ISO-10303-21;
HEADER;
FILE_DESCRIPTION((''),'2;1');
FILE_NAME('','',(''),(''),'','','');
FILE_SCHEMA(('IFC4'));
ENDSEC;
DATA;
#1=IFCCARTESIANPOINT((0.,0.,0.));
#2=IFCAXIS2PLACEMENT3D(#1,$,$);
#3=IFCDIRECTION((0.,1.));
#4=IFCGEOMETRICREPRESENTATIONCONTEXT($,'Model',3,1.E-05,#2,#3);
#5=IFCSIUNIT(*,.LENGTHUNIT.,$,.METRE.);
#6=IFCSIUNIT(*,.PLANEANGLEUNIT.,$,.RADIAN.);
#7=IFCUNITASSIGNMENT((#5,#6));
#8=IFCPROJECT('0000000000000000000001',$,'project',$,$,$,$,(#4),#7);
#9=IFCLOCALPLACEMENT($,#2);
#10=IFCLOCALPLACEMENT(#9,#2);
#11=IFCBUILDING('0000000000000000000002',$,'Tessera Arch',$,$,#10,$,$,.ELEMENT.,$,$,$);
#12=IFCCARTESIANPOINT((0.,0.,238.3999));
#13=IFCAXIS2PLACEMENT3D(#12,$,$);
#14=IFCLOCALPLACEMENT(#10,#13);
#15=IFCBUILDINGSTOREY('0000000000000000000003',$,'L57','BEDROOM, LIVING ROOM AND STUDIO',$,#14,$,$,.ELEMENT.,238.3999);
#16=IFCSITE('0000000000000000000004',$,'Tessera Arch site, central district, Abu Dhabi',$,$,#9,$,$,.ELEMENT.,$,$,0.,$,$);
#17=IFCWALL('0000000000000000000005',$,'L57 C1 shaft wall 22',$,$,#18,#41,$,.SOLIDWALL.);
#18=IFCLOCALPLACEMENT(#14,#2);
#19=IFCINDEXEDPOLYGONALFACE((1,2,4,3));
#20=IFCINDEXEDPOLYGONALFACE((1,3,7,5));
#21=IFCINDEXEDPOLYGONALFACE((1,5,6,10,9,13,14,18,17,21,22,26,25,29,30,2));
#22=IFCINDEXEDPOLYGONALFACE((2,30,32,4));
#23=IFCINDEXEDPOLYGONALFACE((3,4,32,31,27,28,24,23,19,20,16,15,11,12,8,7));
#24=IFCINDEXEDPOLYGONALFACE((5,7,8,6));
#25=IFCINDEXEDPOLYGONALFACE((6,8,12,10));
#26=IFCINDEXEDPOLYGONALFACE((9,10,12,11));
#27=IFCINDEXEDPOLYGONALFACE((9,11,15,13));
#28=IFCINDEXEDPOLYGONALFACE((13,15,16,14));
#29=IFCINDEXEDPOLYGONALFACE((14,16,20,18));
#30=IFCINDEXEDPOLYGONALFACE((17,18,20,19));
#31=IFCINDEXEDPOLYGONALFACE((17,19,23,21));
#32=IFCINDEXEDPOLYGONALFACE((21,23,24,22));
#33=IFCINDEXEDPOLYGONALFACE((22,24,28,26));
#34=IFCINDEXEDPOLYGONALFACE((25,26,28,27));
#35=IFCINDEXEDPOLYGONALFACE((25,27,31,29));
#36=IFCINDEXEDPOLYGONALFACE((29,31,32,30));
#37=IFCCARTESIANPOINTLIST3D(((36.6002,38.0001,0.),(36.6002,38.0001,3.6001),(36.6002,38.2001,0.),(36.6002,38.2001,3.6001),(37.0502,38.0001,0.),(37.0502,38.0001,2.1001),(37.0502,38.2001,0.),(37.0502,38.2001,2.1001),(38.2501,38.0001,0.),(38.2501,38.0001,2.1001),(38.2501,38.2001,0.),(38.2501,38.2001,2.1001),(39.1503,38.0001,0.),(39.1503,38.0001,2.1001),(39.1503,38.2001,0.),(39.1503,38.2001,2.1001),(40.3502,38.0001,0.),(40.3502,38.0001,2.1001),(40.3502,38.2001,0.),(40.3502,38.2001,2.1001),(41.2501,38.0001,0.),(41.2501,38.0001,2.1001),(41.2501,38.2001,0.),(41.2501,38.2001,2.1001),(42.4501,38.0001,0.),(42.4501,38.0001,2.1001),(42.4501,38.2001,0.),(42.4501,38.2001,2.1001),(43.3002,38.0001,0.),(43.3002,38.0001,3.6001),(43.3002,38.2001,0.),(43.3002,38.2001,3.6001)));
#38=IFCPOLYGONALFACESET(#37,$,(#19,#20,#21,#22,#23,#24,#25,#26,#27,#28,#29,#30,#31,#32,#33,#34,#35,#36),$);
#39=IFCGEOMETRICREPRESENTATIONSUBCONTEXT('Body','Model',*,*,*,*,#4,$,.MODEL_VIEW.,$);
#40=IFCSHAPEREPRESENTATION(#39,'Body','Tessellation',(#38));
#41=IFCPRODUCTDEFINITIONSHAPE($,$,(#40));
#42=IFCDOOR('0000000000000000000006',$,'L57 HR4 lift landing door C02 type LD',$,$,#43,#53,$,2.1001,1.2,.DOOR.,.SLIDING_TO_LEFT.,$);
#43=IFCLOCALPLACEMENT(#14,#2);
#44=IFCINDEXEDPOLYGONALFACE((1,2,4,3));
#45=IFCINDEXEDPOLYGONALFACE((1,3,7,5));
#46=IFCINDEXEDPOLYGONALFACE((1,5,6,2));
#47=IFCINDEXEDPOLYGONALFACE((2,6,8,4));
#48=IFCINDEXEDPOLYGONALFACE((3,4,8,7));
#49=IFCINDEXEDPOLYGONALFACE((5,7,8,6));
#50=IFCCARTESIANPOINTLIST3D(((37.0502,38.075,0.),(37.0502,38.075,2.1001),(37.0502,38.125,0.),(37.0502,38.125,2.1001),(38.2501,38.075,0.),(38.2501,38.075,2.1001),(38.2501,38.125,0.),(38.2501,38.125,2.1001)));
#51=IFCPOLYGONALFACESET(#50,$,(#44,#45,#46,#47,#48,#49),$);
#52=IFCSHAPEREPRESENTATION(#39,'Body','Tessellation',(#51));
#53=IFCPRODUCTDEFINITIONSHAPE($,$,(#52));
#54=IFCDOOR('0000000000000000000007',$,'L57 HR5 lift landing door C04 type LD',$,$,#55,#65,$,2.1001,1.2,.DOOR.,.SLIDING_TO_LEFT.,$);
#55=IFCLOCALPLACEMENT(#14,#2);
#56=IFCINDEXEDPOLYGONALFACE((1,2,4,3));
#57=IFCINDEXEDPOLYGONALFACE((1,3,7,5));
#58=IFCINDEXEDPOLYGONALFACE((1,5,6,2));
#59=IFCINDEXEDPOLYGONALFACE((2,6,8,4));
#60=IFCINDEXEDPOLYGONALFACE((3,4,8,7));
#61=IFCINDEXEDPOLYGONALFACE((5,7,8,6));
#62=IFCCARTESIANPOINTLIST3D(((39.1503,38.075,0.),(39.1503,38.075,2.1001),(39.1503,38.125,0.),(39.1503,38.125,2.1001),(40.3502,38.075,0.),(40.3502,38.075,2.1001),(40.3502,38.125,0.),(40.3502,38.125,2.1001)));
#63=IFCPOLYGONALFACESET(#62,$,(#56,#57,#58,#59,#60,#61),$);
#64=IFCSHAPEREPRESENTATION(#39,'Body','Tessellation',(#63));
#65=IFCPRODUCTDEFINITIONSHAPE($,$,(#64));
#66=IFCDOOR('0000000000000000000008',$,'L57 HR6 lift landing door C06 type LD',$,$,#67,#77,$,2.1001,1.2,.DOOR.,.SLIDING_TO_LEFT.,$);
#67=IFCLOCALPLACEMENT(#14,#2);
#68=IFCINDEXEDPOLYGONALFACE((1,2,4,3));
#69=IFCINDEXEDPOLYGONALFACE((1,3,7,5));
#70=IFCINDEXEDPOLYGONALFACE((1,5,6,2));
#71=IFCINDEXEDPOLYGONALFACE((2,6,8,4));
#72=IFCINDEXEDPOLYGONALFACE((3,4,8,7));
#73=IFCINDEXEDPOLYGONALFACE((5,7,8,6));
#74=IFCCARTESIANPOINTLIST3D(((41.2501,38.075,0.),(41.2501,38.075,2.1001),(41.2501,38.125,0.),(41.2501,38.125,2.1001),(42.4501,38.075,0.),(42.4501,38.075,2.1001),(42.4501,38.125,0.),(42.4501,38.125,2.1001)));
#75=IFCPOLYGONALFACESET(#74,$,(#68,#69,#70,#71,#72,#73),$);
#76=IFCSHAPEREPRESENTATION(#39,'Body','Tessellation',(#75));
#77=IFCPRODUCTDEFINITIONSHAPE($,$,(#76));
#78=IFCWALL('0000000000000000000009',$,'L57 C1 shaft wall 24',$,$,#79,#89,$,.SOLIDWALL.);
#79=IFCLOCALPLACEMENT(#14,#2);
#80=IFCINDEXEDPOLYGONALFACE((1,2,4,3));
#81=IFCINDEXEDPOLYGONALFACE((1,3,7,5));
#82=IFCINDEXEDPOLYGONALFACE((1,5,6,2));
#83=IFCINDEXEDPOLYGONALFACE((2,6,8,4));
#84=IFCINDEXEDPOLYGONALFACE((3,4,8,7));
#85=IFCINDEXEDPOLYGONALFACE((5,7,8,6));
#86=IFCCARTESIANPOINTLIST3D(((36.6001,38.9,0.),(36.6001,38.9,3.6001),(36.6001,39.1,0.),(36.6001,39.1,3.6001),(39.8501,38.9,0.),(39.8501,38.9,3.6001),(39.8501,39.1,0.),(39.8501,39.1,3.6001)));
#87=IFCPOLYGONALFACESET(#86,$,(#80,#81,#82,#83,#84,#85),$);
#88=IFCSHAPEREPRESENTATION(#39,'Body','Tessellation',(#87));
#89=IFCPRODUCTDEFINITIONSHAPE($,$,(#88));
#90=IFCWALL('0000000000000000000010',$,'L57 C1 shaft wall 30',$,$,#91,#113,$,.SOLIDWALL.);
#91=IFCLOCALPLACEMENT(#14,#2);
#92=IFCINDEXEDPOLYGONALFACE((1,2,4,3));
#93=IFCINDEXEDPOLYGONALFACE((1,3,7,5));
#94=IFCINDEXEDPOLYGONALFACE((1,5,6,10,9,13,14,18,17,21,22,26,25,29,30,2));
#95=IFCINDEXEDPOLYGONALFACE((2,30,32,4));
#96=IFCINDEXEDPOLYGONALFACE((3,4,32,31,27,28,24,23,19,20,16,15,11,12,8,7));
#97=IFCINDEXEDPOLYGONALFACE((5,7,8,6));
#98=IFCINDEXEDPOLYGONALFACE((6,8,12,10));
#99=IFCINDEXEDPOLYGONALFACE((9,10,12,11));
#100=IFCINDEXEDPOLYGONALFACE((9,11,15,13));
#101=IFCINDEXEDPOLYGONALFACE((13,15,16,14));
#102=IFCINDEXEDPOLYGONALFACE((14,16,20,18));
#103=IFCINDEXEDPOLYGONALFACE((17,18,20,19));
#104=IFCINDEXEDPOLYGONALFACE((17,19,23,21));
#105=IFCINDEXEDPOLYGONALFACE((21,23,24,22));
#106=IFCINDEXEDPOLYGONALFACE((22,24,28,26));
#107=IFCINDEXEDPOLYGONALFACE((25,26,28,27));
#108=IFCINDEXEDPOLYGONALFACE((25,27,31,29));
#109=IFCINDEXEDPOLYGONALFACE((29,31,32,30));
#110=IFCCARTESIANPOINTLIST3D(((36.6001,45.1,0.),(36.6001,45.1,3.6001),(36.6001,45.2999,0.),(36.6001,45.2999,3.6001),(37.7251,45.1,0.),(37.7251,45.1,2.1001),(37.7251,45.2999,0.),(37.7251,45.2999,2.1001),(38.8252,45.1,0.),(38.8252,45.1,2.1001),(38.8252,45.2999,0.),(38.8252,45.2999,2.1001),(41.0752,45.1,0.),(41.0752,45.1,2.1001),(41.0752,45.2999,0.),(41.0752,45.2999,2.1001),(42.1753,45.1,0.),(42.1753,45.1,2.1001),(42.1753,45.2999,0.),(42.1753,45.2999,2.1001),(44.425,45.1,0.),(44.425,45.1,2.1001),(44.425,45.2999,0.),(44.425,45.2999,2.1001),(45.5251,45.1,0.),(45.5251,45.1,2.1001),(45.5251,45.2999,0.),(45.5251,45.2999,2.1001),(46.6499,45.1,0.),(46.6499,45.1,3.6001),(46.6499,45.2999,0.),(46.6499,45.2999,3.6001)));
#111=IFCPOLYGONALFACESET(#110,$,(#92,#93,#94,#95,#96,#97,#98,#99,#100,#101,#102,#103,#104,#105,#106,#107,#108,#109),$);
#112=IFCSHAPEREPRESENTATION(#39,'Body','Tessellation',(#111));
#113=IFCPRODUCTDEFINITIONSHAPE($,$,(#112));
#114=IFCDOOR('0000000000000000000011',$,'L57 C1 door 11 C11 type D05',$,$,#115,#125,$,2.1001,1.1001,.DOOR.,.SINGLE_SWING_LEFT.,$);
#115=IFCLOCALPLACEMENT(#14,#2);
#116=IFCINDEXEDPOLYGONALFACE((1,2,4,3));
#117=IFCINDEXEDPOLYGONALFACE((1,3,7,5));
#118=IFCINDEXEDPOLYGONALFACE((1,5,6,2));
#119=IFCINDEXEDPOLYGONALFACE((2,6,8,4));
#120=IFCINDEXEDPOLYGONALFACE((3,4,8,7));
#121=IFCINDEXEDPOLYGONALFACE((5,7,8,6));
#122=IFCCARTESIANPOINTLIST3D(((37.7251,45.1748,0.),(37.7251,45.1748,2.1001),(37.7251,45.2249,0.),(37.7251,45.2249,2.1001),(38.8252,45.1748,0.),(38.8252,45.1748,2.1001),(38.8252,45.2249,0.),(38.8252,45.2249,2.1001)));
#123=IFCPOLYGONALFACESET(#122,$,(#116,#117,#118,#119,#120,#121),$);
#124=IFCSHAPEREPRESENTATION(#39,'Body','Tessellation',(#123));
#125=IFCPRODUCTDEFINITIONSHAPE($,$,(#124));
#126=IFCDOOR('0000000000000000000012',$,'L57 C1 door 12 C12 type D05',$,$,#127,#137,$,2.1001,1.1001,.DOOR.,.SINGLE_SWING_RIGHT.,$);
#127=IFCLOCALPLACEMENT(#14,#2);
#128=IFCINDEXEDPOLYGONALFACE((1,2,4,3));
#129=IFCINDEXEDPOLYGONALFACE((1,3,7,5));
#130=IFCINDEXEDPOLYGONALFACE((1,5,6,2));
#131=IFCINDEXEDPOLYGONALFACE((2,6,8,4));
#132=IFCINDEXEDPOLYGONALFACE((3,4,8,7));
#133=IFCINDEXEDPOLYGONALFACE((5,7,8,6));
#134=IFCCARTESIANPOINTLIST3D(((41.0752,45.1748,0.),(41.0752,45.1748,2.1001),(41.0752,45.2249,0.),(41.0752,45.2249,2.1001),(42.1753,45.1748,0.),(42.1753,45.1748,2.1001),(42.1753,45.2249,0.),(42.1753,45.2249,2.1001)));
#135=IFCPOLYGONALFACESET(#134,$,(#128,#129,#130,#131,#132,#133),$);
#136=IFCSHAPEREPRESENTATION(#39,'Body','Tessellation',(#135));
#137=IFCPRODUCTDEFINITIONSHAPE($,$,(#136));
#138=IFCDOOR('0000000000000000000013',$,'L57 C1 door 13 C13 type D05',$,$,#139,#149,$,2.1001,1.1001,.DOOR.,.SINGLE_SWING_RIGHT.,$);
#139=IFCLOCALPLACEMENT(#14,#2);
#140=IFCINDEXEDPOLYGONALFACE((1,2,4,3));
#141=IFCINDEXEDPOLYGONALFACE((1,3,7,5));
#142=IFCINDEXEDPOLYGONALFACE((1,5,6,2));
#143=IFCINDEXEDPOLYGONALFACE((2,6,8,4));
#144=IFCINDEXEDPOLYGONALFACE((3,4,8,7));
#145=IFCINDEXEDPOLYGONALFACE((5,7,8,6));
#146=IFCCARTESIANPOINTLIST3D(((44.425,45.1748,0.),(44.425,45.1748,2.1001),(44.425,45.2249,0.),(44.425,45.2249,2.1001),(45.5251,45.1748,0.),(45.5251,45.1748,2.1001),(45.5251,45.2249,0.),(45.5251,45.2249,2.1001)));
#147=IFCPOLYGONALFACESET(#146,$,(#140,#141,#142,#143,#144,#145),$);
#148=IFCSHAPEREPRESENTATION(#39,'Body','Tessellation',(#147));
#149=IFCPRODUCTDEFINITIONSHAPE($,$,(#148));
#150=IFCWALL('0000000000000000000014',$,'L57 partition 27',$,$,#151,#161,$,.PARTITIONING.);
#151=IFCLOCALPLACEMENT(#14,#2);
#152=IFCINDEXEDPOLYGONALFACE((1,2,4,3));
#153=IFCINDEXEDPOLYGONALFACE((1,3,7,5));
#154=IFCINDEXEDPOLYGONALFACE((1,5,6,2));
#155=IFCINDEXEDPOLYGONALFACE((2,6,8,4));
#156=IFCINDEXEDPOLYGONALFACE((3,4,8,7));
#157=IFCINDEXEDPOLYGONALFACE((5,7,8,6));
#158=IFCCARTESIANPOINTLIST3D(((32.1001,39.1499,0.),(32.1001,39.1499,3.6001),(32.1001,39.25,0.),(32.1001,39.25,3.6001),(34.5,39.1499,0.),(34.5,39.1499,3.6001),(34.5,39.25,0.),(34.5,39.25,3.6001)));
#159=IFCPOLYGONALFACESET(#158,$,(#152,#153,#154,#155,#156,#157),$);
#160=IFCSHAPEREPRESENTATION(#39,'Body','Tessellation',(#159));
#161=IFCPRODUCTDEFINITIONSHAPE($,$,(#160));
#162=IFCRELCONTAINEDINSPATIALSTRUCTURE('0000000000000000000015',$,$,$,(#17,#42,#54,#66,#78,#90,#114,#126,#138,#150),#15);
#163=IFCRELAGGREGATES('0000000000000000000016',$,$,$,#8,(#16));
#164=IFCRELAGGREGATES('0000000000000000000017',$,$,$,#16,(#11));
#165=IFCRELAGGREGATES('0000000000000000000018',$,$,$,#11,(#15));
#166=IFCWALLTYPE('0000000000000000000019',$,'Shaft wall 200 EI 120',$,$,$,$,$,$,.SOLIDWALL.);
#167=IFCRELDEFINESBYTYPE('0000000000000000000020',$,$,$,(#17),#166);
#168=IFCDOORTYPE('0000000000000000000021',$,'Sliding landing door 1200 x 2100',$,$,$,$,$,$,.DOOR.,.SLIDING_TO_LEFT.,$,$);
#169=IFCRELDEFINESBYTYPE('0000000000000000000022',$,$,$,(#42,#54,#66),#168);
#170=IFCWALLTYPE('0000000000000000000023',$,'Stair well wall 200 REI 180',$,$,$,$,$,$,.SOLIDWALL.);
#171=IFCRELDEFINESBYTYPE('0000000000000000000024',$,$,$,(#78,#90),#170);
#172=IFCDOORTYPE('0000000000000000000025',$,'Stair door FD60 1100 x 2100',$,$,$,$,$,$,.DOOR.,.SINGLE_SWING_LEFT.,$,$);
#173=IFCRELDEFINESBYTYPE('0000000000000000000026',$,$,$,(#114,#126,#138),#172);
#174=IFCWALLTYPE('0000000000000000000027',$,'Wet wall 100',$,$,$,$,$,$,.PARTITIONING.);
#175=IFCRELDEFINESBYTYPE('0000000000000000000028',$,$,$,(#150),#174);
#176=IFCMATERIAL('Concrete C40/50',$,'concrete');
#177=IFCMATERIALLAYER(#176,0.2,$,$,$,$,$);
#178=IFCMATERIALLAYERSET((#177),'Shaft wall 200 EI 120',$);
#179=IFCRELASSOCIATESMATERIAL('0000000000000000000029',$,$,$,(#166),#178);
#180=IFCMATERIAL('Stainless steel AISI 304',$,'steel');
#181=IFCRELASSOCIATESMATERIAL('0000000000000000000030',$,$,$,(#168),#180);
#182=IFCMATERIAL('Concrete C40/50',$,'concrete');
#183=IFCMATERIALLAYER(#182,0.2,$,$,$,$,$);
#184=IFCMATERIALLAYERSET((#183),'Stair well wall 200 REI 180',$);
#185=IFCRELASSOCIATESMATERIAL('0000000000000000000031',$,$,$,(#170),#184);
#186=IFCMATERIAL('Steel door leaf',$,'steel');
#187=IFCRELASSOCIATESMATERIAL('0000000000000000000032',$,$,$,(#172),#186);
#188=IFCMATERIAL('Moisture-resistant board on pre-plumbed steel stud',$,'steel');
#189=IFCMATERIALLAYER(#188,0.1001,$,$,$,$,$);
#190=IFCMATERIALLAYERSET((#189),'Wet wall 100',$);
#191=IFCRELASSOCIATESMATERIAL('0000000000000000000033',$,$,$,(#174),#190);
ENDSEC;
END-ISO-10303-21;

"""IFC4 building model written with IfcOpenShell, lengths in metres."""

from ifc_helpers import new_model, si_unit, direction, frame, frame_2d, origin, place, context, subcontext, project, spatial, rectangle, extrude, material, layer, layer_set, type_object, element, fill, save


model = new_model("IFC4")

# Units and contexts
model_context = context("Model", 3, precision=1e-05, world=origin(), true_north=direction((0.0, 1.0)))
body_context = subcontext(model_context, "Body", "Model", "MODEL_VIEW")
ifc_project = project(units=[si_unit("LENGTHUNIT", "METRE"), si_unit("PLANEANGLEUNIT", "RADIAN")], contexts=[model_context])

# Site, building, storey
site_placement = place(None, origin())
site = spatial("IfcSite", under=ifc_project, at=site_placement, Name="Tessera Arch site, central district, Abu Dhabi", CompositionType="ELEMENT", RefElevation=0.0)
building_placement = place(site_placement, origin())
building = spatial("IfcBuilding", under=site, at=building_placement, Name="Tessera Arch", CompositionType="ELEMENT")
storey_placement = place(building_placement, frame((0.0, 0.0, 238.3999)))
storey = spatial("IfcBuildingStorey", under=building, at=storey_placement, Name="L57", Description="BEDROOM, LIVING ROOM AND STUDIO", CompositionType="ELEMENT", Elevation=238.3999)

# Wall, openings, doors
ifc_material_1 = material(Name="Concrete C40/50", Category="concrete")
ifc_layer_1 = layer(ifc_material_1, 0.2)
ifc_layer_set_1 = layer_set([ifc_layer_1], Name="Shaft wall 200 EI 120")
wall_type_1 = type_object("IfcWallType", Name="Shaft wall 200 EI 120", PredefinedType="SOLIDWALL", material=ifc_layer_set_1)
wall_1_placement = place(storey_placement, frame((36.6001, 38.1001, 0.0), z_axis=(0.0, 0.0, 1.0), x_axis=(1.0, 0.0, 0.0)))
wall_1 = element("IfcWall", 1, at=wall_1_placement, inside=storey, type_object=wall_type_1, Name="L57 C1 shaft wall 22", PredefinedType="SOLIDWALL", context=body_context, shape_type="SweptSolid", body=[
    extrude(rectangle(XDim=6.7, YDim=0.2, at=frame_2d((3.3501, 0.0))), origin(), (0.0, 0.0, 1.0), 3.6001),
])
opening_1_placement = place(wall_1_placement, frame((0.45, 0.0, 0.0)))
opening_1 = element("IfcOpeningElement", 2, at=opening_1_placement, cuts=wall_1, PredefinedType="OPENING", context=body_context, shape_type="SweptSolid", body=[
    extrude(rectangle(XDim=1.2, YDim=2.1001, at=frame_2d((0.6001, 1.05))), frame((0.0, 0.1099, 0.0), z_axis=(0.0, -1.0, 0.0), x_axis=(1.0, 0.0, 0.0)), (0.0, 0.0, 1.0), 0.22),
])
opening_2_placement = place(wall_1_placement, frame((2.55, 0.0, 0.0)))
opening_2 = element("IfcOpeningElement", 3, at=opening_2_placement, cuts=wall_1, PredefinedType="OPENING", context=body_context, shape_type="SweptSolid", body=[
    extrude(rectangle(XDim=1.2, YDim=2.1001, at=frame_2d((0.6001, 1.05))), frame((0.0, 0.1099, 0.0), z_axis=(0.0, -1.0, 0.0), x_axis=(1.0, 0.0, 0.0)), (0.0, 0.0, 1.0), 0.22),
])
opening_3_placement = place(wall_1_placement, frame((4.6499, 0.0, 0.0)))
opening_3 = element("IfcOpeningElement", 4, at=opening_3_placement, cuts=wall_1, PredefinedType="OPENING", context=body_context, shape_type="SweptSolid", body=[
    extrude(rectangle(XDim=1.2, YDim=2.1001, at=frame_2d((0.6001, 1.05))), frame((0.0, 0.1099, 0.0), z_axis=(0.0, -1.0, 0.0), x_axis=(1.0, 0.0, 0.0)), (0.0, 0.0, 1.0), 0.22),
])
ifc_material_2 = material(Name="Stainless steel AISI 304", Category="steel")
door_type_1 = type_object("IfcDoorType", Name="Sliding landing door 1200 x 2100", OperationType="SLIDING_TO_LEFT", PredefinedType="DOOR", material=ifc_material_2)
door_1_placement = place(opening_1_placement, origin())
door_1 = element("IfcDoor", 5, at=door_1_placement, inside=storey, type_object=door_type_1, Name="L57 HR4 lift landing door C02 type LD", OperationType="SLIDING_TO_LEFT", OverallHeight=2.1001, OverallWidth=1.2, PredefinedType="DOOR", context=body_context, shape_type="SweptSolid", body=[
    extrude(rectangle(XDim=1.2, YDim=2.1001, at=frame_2d((0.6001, 1.05))), frame((0.0, 0.0249, 0.0), z_axis=(0.0, -1.0, 0.0), x_axis=(1.0, 0.0, 0.0)), (0.0, 0.0, 1.0), 0.05),
])
fill(opening_1, door_1)
door_2_placement = place(opening_2_placement, origin())
door_2 = element("IfcDoor", 6, at=door_2_placement, inside=storey, type_object=door_type_1, Name="L57 HR5 lift landing door C04 type LD", OperationType="SLIDING_TO_LEFT", OverallHeight=2.1001, OverallWidth=1.2, PredefinedType="DOOR", context=body_context, shape_type="SweptSolid", body=[
    extrude(rectangle(XDim=1.2, YDim=2.1001, at=frame_2d((0.6001, 1.05))), frame((0.0, 0.0249, 0.0), z_axis=(0.0, -1.0, 0.0), x_axis=(1.0, 0.0, 0.0)), (0.0, 0.0, 1.0), 0.05),
])
fill(opening_2, door_2)
door_3_placement = place(opening_3_placement, origin())
door_3 = element("IfcDoor", 7, at=door_3_placement, inside=storey, type_object=door_type_1, Name="L57 HR6 lift landing door C06 type LD", OperationType="SLIDING_TO_LEFT", OverallHeight=2.1001, OverallWidth=1.2, PredefinedType="DOOR", context=body_context, shape_type="SweptSolid", body=[
    extrude(rectangle(XDim=1.2, YDim=2.1001, at=frame_2d((0.6001, 1.05))), frame((0.0, 0.0249, 0.0), z_axis=(0.0, -1.0, 0.0), x_axis=(1.0, 0.0, 0.0)), (0.0, 0.0, 1.0), 0.05),
])
fill(opening_3, door_3)

# Wall
ifc_material_3 = material(Name="Concrete C40/50", Category="concrete")
ifc_layer_2 = layer(ifc_material_3, 0.2)
ifc_layer_set_2 = layer_set([ifc_layer_2], Name="Stair well wall 200 REI 180")
wall_type_2 = type_object("IfcWallType", Name="Stair well wall 200 REI 180", PredefinedType="SOLIDWALL", material=ifc_layer_set_2)
wall_2_placement = place(storey_placement, frame((36.6001, 39.0, 0.0), z_axis=(0.0, 0.0, 1.0), x_axis=(1.0, 0.0, 0.0)))
element("IfcWall", 8, at=wall_2_placement, inside=storey, type_object=wall_type_2, Name="L57 C1 shaft wall 24", PredefinedType="SOLIDWALL", context=body_context, shape_type="SweptSolid", body=[
    extrude(rectangle(XDim=3.25, YDim=0.2, at=frame_2d((1.625, 0.0))), origin(), (0.0, 0.0, 1.0), 3.6001),
])

# Wall, openings, doors
wall_3_placement = place(storey_placement, frame((36.6001, 45.2, 0.0), z_axis=(0.0, 0.0, 1.0), x_axis=(1.0, 0.0, 0.0)))
wall_3 = element("IfcWall", 9, at=wall_3_placement, inside=storey, type_object=wall_type_2, Name="L57 C1 shaft wall 30", PredefinedType="SOLIDWALL", context=body_context, shape_type="SweptSolid", body=[
    extrude(rectangle(XDim=10.0498, YDim=0.2, at=frame_2d((5.0249, 0.0))), origin(), (0.0, 0.0, 1.0), 3.6001),
])
opening_4_placement = place(wall_3_placement, frame((1.125, 0.0, 0.0)))
opening_4 = element("IfcOpeningElement", 10, at=opening_4_placement, cuts=wall_3, PredefinedType="OPENING", context=body_context, shape_type="SweptSolid", body=[
    extrude(rectangle(XDim=1.1001, YDim=2.1001, at=frame_2d((0.55, 1.05))), frame((0.0, 0.1099, 0.0), z_axis=(0.0, -1.0, 0.0), x_axis=(1.0, 0.0, 0.0)), (0.0, 0.0, 1.0), 0.22),
])
opening_5_placement = place(wall_3_placement, frame((4.4751, 0.0, 0.0)))
opening_5 = element("IfcOpeningElement", 11, at=opening_5_placement, cuts=wall_3, PredefinedType="OPENING", context=body_context, shape_type="SweptSolid", body=[
    extrude(rectangle(XDim=1.1001, YDim=2.1001, at=frame_2d((0.55, 1.05))), frame((0.0, 0.1099, 0.0), z_axis=(0.0, -1.0, 0.0), x_axis=(1.0, 0.0, 0.0)), (0.0, 0.0, 1.0), 0.22),
])
opening_6_placement = place(wall_3_placement, frame((7.825, 0.0, 0.0)))
opening_6 = element("IfcOpeningElement", 12, at=opening_6_placement, cuts=wall_3, PredefinedType="OPENING", context=body_context, shape_type="SweptSolid", body=[
    extrude(rectangle(XDim=1.1001, YDim=2.1001, at=frame_2d((0.55, 1.05))), frame((0.0, 0.1099, 0.0), z_axis=(0.0, -1.0, 0.0), x_axis=(1.0, 0.0, 0.0)), (0.0, 0.0, 1.0), 0.22),
])
ifc_material_4 = material(Name="Steel door leaf", Category="steel")
door_type_2 = type_object("IfcDoorType", Name="Stair door FD60 1100 x 2100", OperationType="SINGLE_SWING_LEFT", PredefinedType="DOOR", material=ifc_material_4)
door_4_placement = place(opening_4_placement, origin())
door_4 = element("IfcDoor", 13, at=door_4_placement, inside=storey, type_object=door_type_2, Name="L57 C1 door 11 C11 type D05", OperationType="SINGLE_SWING_LEFT", OverallHeight=2.1001, OverallWidth=1.1001, PredefinedType="DOOR", context=body_context, shape_type="SweptSolid", body=[
    extrude(rectangle(XDim=1.1001, YDim=2.1001, at=frame_2d((0.55, 1.05))), frame((0.0, 0.0249, 0.0), z_axis=(0.0, -1.0, 0.0), x_axis=(1.0, 0.0, 0.0)), (0.0, 0.0, 1.0), 0.05),
])
fill(opening_4, door_4)
door_5_placement = place(opening_5_placement, origin())
door_5 = element("IfcDoor", 14, at=door_5_placement, inside=storey, type_object=door_type_2, Name="L57 C1 door 12 C12 type D05", OperationType="SINGLE_SWING_RIGHT", OverallHeight=2.1001, OverallWidth=1.1001, PredefinedType="DOOR", context=body_context, shape_type="SweptSolid", body=[
    extrude(rectangle(XDim=1.1001, YDim=2.1001, at=frame_2d((0.55, 1.05))), frame((0.0, 0.0249, 0.0), z_axis=(0.0, -1.0, 0.0), x_axis=(1.0, 0.0, 0.0)), (0.0, 0.0, 1.0), 0.05),
])
fill(opening_5, door_5)
door_6_placement = place(opening_6_placement, origin())
door_6 = element("IfcDoor", 15, at=door_6_placement, inside=storey, type_object=door_type_2, Name="L57 C1 door 13 C13 type D05", OperationType="SINGLE_SWING_RIGHT", OverallHeight=2.1001, OverallWidth=1.1001, PredefinedType="DOOR", context=body_context, shape_type="SweptSolid", body=[
    extrude(rectangle(XDim=1.1001, YDim=2.1001, at=frame_2d((0.55, 1.05))), frame((0.0, 0.0249, 0.0), z_axis=(0.0, -1.0, 0.0), x_axis=(1.0, 0.0, 0.0)), (0.0, 0.0, 1.0), 0.05),
])
fill(opening_6, door_6)

# Wall
ifc_material_5 = material(Name="Moisture-resistant board on pre-plumbed steel stud", Category="steel")
ifc_layer_3 = layer(ifc_material_5, 0.1001)
ifc_layer_set_3 = layer_set([ifc_layer_3], Name="Wet wall 100")
wall_type_3 = type_object("IfcWallType", Name="Wet wall 100", PredefinedType="PARTITIONING", material=ifc_layer_set_3)
wall_4_placement = place(storey_placement, frame((32.1001, 39.2, 0.0), z_axis=(0.0, 0.0, 1.0), x_axis=(1.0, 0.0, 0.0)))
element("IfcWall", 16, at=wall_4_placement, inside=storey, type_object=wall_type_3, Name="L57 partition 27", PredefinedType="PARTITIONING", context=body_context, shape_type="SweptSolid", body=[
    extrude(rectangle(XDim=2.3999, YDim=0.1001, at=frame_2d((1.2, 0.0))), origin(), (0.0, 0.0, 1.0), 3.6001),
])

save(model, "model.ifc")
